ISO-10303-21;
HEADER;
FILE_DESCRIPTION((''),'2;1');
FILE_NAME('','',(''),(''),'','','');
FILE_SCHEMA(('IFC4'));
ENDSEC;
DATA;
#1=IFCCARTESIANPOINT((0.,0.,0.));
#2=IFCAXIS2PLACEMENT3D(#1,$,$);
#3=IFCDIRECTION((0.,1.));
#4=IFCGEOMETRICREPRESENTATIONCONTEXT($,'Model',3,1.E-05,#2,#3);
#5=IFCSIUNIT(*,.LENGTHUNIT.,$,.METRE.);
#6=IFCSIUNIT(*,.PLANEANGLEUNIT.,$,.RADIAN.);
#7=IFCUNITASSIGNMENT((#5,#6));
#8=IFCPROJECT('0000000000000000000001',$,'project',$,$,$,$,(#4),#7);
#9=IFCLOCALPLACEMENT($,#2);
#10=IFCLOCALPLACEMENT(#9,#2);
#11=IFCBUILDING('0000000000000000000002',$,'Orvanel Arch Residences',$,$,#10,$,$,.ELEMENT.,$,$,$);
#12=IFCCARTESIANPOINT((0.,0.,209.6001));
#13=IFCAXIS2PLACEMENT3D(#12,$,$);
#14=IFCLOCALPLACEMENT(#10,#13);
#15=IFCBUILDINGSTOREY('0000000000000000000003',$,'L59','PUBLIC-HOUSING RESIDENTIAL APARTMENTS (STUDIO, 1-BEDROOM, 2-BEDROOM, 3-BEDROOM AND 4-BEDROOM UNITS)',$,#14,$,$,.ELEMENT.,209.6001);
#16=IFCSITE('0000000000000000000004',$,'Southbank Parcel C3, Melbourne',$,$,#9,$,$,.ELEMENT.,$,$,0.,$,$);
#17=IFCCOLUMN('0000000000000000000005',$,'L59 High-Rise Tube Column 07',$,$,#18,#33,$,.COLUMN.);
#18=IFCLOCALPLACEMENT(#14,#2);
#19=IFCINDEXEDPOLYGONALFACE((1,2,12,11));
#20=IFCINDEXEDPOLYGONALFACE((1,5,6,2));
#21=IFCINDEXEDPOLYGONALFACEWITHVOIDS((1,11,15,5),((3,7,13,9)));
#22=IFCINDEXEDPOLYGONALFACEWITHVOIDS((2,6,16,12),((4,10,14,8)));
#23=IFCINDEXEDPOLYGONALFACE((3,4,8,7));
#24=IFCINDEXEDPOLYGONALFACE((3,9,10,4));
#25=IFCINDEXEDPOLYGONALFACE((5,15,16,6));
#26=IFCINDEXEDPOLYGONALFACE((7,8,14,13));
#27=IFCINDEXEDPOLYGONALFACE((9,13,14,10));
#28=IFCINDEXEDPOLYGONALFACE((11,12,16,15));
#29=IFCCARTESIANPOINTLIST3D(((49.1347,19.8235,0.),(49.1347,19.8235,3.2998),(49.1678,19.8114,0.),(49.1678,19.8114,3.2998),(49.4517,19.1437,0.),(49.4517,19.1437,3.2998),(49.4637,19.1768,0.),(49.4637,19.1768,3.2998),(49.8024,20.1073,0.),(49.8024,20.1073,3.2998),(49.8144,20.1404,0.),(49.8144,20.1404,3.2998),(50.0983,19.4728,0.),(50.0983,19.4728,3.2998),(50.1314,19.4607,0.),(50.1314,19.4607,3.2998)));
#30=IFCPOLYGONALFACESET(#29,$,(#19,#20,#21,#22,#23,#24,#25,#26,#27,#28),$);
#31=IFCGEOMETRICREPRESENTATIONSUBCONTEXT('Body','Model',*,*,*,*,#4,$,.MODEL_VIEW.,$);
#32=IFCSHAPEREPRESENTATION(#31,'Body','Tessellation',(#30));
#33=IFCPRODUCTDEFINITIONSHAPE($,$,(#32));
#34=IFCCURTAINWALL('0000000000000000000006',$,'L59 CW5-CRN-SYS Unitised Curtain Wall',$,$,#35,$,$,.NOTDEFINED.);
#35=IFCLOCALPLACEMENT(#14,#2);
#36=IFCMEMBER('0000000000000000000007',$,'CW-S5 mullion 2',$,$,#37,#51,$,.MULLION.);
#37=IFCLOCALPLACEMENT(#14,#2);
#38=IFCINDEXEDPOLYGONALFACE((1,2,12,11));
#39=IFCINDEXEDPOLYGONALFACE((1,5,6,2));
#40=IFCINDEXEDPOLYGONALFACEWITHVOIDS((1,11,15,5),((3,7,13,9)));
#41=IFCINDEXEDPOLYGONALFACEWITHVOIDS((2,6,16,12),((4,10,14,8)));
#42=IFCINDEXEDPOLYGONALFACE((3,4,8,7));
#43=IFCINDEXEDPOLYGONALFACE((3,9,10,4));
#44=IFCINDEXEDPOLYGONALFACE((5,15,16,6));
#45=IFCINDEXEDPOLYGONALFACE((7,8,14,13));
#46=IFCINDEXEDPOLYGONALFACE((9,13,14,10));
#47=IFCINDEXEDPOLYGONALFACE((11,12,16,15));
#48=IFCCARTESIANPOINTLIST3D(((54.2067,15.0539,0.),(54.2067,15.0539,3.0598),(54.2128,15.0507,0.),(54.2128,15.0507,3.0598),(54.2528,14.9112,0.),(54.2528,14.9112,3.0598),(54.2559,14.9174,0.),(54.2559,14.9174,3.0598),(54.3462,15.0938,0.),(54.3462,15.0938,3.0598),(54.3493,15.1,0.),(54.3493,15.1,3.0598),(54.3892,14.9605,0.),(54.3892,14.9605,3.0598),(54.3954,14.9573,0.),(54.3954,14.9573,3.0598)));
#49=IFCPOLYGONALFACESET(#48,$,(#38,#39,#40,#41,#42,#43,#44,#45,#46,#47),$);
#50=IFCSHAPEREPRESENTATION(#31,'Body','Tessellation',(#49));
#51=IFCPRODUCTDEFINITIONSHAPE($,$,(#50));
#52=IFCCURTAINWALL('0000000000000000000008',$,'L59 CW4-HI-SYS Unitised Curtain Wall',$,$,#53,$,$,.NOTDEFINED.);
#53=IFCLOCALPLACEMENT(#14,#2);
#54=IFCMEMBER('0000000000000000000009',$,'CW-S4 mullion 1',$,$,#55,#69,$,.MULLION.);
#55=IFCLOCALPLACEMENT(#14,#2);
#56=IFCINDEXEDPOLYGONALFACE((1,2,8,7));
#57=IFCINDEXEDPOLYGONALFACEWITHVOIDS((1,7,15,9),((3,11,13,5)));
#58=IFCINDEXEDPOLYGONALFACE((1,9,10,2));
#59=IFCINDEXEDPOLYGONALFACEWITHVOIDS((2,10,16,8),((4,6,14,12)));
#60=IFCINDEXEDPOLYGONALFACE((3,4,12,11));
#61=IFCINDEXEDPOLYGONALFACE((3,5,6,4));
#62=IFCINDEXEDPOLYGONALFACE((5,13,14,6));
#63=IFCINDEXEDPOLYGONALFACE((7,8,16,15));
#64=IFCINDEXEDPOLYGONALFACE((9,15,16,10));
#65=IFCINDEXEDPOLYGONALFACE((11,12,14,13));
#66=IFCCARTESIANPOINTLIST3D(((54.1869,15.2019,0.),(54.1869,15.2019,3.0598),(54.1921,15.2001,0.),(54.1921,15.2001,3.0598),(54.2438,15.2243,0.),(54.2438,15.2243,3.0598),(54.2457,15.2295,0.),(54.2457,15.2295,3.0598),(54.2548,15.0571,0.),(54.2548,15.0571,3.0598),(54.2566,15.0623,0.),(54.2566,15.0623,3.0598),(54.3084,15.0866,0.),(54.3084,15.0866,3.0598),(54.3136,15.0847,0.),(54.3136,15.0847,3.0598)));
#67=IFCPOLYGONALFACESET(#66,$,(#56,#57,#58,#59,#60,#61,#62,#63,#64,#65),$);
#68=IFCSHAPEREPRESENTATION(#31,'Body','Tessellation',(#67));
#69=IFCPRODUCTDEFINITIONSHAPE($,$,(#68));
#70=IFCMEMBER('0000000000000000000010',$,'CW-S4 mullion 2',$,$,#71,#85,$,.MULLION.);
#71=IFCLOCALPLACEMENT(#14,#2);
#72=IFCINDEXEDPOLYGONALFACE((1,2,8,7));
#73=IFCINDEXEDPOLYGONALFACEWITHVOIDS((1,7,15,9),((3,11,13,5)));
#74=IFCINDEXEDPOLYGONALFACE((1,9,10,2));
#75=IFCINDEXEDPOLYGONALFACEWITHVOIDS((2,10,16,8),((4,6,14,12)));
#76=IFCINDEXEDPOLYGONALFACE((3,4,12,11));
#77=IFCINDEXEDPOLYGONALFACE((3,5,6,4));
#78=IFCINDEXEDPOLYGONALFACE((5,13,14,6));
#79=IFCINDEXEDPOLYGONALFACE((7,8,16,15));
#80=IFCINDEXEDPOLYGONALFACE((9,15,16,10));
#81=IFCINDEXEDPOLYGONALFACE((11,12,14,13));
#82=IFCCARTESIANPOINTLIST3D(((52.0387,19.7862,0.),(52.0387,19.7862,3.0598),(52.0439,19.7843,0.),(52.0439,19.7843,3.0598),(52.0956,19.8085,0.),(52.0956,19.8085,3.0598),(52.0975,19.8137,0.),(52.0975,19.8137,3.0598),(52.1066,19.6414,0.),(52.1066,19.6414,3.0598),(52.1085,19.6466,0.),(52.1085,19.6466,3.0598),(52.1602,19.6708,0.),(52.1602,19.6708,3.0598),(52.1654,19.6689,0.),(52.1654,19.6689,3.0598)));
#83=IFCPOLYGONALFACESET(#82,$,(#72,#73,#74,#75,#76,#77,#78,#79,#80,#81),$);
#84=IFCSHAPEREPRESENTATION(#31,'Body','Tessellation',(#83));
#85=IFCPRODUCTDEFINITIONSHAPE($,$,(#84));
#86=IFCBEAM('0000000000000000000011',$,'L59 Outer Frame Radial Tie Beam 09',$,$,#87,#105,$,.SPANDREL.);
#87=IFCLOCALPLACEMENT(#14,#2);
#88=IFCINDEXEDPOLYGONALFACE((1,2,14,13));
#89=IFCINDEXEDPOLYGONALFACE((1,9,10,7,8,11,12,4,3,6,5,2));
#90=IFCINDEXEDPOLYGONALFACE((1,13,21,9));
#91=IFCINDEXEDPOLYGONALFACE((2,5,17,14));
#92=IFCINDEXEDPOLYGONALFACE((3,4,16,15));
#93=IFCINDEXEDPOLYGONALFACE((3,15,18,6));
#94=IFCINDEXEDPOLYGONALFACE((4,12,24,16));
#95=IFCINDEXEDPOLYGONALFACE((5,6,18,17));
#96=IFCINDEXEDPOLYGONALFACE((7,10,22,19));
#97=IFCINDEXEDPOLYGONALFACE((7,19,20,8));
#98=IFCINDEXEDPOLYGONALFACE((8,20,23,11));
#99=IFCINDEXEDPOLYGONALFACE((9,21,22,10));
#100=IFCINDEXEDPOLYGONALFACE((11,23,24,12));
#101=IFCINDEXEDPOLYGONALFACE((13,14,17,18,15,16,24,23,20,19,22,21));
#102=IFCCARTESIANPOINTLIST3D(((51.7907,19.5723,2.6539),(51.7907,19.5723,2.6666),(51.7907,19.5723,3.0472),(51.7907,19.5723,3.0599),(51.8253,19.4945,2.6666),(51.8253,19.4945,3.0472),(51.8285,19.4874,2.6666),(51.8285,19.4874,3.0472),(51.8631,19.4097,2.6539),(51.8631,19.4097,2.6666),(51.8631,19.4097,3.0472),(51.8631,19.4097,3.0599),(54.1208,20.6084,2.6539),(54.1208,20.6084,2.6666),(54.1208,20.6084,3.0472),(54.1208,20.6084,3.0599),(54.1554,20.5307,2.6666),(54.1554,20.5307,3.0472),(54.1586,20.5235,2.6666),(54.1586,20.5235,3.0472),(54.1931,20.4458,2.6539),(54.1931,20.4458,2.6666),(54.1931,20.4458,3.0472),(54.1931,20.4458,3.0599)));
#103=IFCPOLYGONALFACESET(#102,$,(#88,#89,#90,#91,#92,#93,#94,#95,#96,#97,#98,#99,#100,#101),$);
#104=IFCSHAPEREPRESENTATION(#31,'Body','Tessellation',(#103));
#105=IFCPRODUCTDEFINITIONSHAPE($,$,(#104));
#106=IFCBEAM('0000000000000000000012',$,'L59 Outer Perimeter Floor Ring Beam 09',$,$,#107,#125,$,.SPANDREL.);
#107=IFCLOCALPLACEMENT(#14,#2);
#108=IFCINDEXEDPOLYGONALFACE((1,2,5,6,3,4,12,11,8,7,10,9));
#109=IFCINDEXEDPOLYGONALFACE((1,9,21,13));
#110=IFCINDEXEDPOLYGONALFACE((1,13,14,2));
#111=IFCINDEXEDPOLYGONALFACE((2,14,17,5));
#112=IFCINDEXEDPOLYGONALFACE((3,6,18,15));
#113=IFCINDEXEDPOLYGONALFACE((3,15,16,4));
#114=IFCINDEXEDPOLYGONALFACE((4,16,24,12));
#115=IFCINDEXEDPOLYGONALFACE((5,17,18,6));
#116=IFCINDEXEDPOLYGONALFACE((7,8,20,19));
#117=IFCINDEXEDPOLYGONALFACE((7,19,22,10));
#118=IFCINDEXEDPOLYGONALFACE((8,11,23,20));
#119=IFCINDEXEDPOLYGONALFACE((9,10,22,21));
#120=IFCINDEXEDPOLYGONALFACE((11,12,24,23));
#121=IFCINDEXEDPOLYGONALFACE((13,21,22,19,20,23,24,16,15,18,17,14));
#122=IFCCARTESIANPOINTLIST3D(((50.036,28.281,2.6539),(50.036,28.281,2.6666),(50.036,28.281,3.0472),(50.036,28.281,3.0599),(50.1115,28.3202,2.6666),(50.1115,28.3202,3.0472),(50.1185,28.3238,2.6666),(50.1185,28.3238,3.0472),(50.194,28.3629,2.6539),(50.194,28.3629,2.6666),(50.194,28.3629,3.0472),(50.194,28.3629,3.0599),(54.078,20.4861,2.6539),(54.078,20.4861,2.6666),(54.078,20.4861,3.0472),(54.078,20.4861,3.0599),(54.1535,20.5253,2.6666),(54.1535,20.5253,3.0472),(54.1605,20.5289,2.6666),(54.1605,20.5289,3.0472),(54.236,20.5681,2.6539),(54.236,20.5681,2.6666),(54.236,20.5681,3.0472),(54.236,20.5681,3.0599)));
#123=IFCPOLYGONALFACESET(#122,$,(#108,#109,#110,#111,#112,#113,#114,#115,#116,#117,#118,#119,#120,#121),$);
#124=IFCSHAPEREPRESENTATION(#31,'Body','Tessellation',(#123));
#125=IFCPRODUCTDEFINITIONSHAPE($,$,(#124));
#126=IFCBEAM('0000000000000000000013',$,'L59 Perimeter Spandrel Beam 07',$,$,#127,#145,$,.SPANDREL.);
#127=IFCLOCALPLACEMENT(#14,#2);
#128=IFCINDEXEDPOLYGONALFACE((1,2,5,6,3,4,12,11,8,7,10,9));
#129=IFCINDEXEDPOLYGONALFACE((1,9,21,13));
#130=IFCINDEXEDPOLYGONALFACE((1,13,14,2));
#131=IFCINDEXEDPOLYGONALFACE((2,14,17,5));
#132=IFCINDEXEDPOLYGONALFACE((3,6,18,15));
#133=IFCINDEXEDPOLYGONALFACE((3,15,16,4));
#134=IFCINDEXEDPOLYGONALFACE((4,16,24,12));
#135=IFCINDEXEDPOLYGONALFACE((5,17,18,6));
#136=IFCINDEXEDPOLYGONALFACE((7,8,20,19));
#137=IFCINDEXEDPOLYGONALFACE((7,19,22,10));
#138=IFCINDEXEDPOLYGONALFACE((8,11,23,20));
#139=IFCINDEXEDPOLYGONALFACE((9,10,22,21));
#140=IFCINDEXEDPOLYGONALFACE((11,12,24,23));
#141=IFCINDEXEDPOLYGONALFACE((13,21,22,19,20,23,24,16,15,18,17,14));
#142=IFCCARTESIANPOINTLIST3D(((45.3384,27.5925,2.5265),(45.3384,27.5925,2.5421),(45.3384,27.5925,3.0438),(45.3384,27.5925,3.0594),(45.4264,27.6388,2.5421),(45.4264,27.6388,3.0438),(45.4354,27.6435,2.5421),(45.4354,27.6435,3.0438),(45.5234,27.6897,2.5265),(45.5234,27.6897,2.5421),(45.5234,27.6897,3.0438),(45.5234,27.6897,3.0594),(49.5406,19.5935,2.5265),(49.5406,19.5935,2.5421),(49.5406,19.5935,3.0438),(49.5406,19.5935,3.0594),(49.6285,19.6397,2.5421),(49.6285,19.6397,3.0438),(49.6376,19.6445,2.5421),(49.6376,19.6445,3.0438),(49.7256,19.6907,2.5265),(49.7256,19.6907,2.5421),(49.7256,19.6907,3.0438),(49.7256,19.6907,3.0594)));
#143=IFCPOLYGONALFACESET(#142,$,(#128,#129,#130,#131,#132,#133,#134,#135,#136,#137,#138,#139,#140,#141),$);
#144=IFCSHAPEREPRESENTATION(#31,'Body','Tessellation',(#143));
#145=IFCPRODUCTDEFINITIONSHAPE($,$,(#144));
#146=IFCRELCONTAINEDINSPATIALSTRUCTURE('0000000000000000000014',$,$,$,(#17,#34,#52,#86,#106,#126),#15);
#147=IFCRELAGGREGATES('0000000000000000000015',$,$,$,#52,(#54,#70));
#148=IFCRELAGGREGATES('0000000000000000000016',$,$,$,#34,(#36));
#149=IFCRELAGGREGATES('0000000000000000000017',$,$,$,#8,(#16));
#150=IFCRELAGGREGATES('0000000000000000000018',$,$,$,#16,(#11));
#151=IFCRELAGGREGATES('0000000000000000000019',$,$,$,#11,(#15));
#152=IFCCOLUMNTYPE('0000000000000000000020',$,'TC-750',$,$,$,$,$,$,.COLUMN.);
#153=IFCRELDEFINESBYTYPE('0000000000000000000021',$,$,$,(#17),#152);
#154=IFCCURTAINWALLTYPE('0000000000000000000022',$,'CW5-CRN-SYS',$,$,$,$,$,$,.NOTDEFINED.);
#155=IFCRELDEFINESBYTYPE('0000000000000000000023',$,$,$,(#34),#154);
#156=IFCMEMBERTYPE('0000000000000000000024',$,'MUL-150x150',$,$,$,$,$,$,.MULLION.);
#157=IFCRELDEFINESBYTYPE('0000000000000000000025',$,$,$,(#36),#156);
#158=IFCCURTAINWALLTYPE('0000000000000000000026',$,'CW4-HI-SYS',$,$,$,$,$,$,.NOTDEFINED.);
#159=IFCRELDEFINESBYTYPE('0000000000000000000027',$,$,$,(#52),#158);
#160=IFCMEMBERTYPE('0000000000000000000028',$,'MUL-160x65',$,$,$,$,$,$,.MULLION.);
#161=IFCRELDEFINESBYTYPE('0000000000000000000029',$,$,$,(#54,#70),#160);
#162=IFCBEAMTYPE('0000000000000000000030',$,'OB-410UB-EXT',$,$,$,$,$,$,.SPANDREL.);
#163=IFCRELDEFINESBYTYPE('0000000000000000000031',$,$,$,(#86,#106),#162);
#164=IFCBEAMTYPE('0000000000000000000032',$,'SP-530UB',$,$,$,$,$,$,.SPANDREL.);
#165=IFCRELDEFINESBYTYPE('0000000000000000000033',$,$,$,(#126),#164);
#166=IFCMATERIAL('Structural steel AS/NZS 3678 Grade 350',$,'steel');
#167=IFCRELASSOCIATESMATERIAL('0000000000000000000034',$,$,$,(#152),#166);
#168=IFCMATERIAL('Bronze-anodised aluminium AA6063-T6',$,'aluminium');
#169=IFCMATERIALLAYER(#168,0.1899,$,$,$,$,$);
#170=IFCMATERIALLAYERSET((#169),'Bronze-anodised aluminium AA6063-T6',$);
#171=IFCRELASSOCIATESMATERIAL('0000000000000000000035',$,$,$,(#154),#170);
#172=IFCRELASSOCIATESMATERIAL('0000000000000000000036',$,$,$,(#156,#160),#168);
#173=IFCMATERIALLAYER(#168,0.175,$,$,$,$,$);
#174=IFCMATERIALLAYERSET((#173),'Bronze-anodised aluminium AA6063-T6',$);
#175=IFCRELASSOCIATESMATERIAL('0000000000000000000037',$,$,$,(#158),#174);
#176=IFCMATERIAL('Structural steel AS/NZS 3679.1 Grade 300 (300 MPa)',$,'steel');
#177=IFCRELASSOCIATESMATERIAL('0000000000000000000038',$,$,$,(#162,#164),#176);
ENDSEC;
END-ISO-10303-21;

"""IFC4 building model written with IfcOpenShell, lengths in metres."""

from ifc_helpers import new_model, si_unit, direction, frame, origin, origin_2d, place, context, subcontext, project, spatial, hollow_rectangle, i_section, extrude, material, layer, layer_set, material_profile, profile_set, type_object, element, aggregate, save


model = new_model("IFC4")

# Units and contexts
model_context = context("Model", 3, precision=1e-05, world=origin(), true_north=direction((0.0, 1.0)))
body_context = subcontext(model_context, "Body", "Model", "MODEL_VIEW")
ifc_project = project(units=[si_unit("LENGTHUNIT", "METRE"), si_unit("PLANEANGLEUNIT", "RADIAN")], contexts=[model_context])

# Site, building, storey
site_placement = place(None, origin())
site = spatial("IfcSite", under=ifc_project, at=site_placement, Name="Southbank Parcel C3, Melbourne", CompositionType="ELEMENT", RefElevation=0.0)
building_placement = place(site_placement, origin())
building = spatial("IfcBuilding", under=site, at=building_placement, Name="Orvanel Arch Residences", CompositionType="ELEMENT")
storey_placement = place(building_placement, frame((0.0, 0.0, 209.6001)))
storey = spatial("IfcBuildingStorey", under=building, at=storey_placement, Name="L59", Description="PUBLIC-HOUSING RESIDENTIAL APARTMENTS (STUDIO, 1-BEDROOM, 2-BEDROOM, 3-BEDROOM AND 4-BEDROOM UNITS)", CompositionType="ELEMENT", Elevation=209.6001)

# Column
ifc_material_1 = material(Name="Structural steel AS/NZS 3678 Grade 350", Category="steel")
ifc_material_profile_1 = material_profile(ifc_material_1, hollow_rectangle(XDim=0.75, YDim=0.75, WallThickness=0.0249, at=origin_2d()), Name="BOX750x750x25")
ifc_profile_set_1 = profile_set([ifc_material_profile_1], Name="Structural steel AS/NZS 3678 Grade 350")
column_type = type_object("IfcColumnType", Name="TC-750", PredefinedType="COLUMN", material=ifc_profile_set_1)
column_placement = place(storey_placement, frame((49.6331, 19.6421, 0.0), z_axis=(0.0, 0.0, 1.0), x_axis=(-0.422618, 0.906308, 0.0)))
element("IfcColumn", 1, at=column_placement, inside=storey, type_object=column_type, Name="L59 High-Rise Tube Column 07", PredefinedType="COLUMN", context=body_context, shape_type="SweptSolid", body=[
    extrude(hollow_rectangle(XDim=0.75, YDim=0.75, WallThickness=0.0249, at=origin_2d()), origin(), (0.0, 0.0, 1.0), 3.2998),
])

# Curtain wall, member
ifc_material_2 = material(Name="Bronze-anodised aluminium AA6063-T6", Category="aluminium")
ifc_layer_1 = layer(ifc_material_2, 0.1899)
ifc_layer_set_1 = layer_set([ifc_layer_1], Name="Bronze-anodised aluminium AA6063-T6")
curtain_wall_type_1 = type_object("IfcCurtainWallType", Name="CW5-CRN-SYS", PredefinedType="NOTDEFINED", material=ifc_layer_set_1)
curtain_wall_1_placement = place(storey_placement, origin())
curtain_wall_1 = element("IfcCurtainWall", 2, at=curtain_wall_1_placement, inside=storey, type_object=curtain_wall_type_1, Name="L59 CW5-CRN-SYS Unitised Curtain Wall", PredefinedType="NOTDEFINED")
ifc_material_profile_2 = material_profile(ifc_material_2, hollow_rectangle(XDim=0.1499, YDim=0.1499, WallThickness=0.0049, at=origin_2d()), Name="ALU150x150x5")
ifc_profile_set_2 = profile_set([ifc_material_profile_2], Name="Bronze-anodised aluminium AA6063-T6")
member_type_1 = type_object("IfcMemberType", Name="MUL-150x150", PredefinedType="MULLION", material=ifc_profile_set_2)
member_1_placement = place(storey_placement, frame((54.301, 15.0056, 0.0), z_axis=(0.0, 0.0, 1.0), x_axis=(-0.951553, -0.307484, 0.0)))
member_1 = element("IfcMember", 3, at=member_1_placement, type_object=member_type_1, Name="CW-S5 mullion 2", PredefinedType="MULLION", context=body_context, shape_type="SweptSolid", body=[
    extrude(hollow_rectangle(XDim=0.1499, YDim=0.1499, WallThickness=0.0049, at=origin_2d()), origin(), (0.0, 0.0, 1.0), 3.0598),
])

# Curtain wall, members
ifc_layer_2 = layer(ifc_material_2, 0.175)
ifc_layer_set_2 = layer_set([ifc_layer_2], Name="Bronze-anodised aluminium AA6063-T6")
curtain_wall_type_2 = type_object("IfcCurtainWallType", Name="CW4-HI-SYS", PredefinedType="NOTDEFINED", material=ifc_layer_set_2)
curtain_wall_2_placement = place(storey_placement, origin())
curtain_wall_2 = element("IfcCurtainWall", 4, at=curtain_wall_2_placement, inside=storey, type_object=curtain_wall_type_2, Name="L59 CW4-HI-SYS Unitised Curtain Wall", PredefinedType="NOTDEFINED")
ifc_material_profile_3 = material_profile(ifc_material_2, hollow_rectangle(XDim=0.0649, YDim=0.1599, WallThickness=0.0039, at=origin_2d()), Name="ALU160x65x4")
ifc_profile_set_3 = profile_set([ifc_material_profile_3], Name="Bronze-anodised aluminium AA6063-T6")
member_type_2 = type_object("IfcMemberType", Name="MUL-160x65", PredefinedType="MULLION", material=ifc_profile_set_3)
member_2_placement = place(storey_placement, frame((54.2502, 15.1433, 0.0), z_axis=(0.0, 0.0, 1.0), x_axis=(-0.905503, -0.424341, 0.0)))
member_2 = element("IfcMember", 5, at=member_2_placement, type_object=member_type_2, Name="CW-S4 mullion 1", PredefinedType="MULLION", context=body_context, shape_type="SweptSolid", body=[
    extrude(hollow_rectangle(XDim=0.0649, YDim=0.1599, WallThickness=0.0039, at=origin_2d()), origin(), (0.0, 0.0, 1.0), 3.0598),
])
member_3_placement = place(storey_placement, frame((52.1021, 19.7275, 0.0), z_axis=(0.0, 0.0, 1.0), x_axis=(-0.905503, -0.424341, 0.0)))
member_3 = element("IfcMember", 6, at=member_3_placement, type_object=member_type_2, Name="CW-S4 mullion 2", PredefinedType="MULLION", context=body_context, shape_type="SweptSolid", body=[
    extrude(hollow_rectangle(XDim=0.0649, YDim=0.1599, WallThickness=0.0039, at=origin_2d()), origin(), (0.0, 0.0, 1.0), 3.0598),
])

# Beams
ifc_material_3 = material(Name="Structural steel AS/NZS 3679.1 Grade 300 (300 MPa)", Category="steel")
ifc_material_profile_4 = material_profile(ifc_material_3, i_section(OverallWidth=0.178, OverallDepth=0.406, WebThickness=0.0078, FlangeThickness=0.0127, at=origin_2d()), Name="410UB59.7")
ifc_profile_set_4 = profile_set([ifc_material_profile_4], Name="Structural steel AS/NZS 3679.1 Grade 300 (300 MPa)")
beam_type_1 = type_object("IfcBeamType", Name="OB-410UB-EXT", PredefinedType="SPANDREL", material=ifc_profile_set_4)
beam_1_placement = place(storey_placement, frame((51.8269, 19.491, 2.8569), z_axis=(0.913733, 0.406316, 0.0), x_axis=(-0.406316, 0.913733, 0.0)))
element("IfcBeam", 7, at=beam_1_placement, inside=storey, type_object=beam_type_1, Name="L59 Outer Frame Radial Tie Beam 09", PredefinedType="SPANDREL", context=body_context, shape_type="SweptSolid", body=[
    extrude(i_section(OverallWidth=0.178, OverallDepth=0.406, WebThickness=0.0078, FlangeThickness=0.0127, at=origin_2d()), origin(), (0.0, 0.0, 1.0), 2.55),
])
beam_2_placement = place(storey_placement, frame((54.157, 20.5271, 2.8569), z_axis=(-0.460333, 0.887746, 0.0), x_axis=(-0.887746, -0.460333, 0.0)))
element("IfcBeam", 8, at=beam_2_placement, inside=storey, type_object=beam_type_1, Name="L59 Outer Perimeter Floor Ring Beam 09", PredefinedType="SPANDREL", context=body_context, shape_type="SweptSolid", body=[
    extrude(i_section(OverallWidth=0.178, OverallDepth=0.406, WebThickness=0.0078, FlangeThickness=0.0127, at=origin_2d()), origin(), (0.0, 0.0, 1.0), 8.7805),
])
ifc_material_profile_5 = material_profile(ifc_material_3, i_section(OverallWidth=0.209, OverallDepth=0.533, WebThickness=0.0103, FlangeThickness=0.0156, at=origin_2d()), Name="530UB92.4")
ifc_profile_set_5 = profile_set([ifc_material_profile_5], Name="Structural steel AS/NZS 3679.1 Grade 300 (300 MPa)")
beam_type_2 = type_object("IfcBeamType", Name="SP-530UB", PredefinedType="SPANDREL", material=ifc_profile_set_5)
beam_3_placement = place(storey_placement, frame((49.6331, 19.6421, 2.793), z_axis=(-0.465065, 0.885277, 0.0), x_axis=(-0.885277, -0.465065, 0.0)))
element("IfcBeam", 9, at=beam_3_placement, inside=storey, type_object=beam_type_2, Name="L59 Perimeter Spandrel Beam 07", PredefinedType="SPANDREL", context=body_context, shape_type="SweptSolid", body=[
    extrude(i_section(OverallWidth=0.209, OverallDepth=0.533, WebThickness=0.0103, FlangeThickness=0.0156, at=origin_2d()), origin(), (0.0, 0.0, 1.0), 9.0356),
])

aggregate(curtain_wall_2, [member_2, member_3])
aggregate(curtain_wall_1, [member_1])

save(model, "model.ifc")
